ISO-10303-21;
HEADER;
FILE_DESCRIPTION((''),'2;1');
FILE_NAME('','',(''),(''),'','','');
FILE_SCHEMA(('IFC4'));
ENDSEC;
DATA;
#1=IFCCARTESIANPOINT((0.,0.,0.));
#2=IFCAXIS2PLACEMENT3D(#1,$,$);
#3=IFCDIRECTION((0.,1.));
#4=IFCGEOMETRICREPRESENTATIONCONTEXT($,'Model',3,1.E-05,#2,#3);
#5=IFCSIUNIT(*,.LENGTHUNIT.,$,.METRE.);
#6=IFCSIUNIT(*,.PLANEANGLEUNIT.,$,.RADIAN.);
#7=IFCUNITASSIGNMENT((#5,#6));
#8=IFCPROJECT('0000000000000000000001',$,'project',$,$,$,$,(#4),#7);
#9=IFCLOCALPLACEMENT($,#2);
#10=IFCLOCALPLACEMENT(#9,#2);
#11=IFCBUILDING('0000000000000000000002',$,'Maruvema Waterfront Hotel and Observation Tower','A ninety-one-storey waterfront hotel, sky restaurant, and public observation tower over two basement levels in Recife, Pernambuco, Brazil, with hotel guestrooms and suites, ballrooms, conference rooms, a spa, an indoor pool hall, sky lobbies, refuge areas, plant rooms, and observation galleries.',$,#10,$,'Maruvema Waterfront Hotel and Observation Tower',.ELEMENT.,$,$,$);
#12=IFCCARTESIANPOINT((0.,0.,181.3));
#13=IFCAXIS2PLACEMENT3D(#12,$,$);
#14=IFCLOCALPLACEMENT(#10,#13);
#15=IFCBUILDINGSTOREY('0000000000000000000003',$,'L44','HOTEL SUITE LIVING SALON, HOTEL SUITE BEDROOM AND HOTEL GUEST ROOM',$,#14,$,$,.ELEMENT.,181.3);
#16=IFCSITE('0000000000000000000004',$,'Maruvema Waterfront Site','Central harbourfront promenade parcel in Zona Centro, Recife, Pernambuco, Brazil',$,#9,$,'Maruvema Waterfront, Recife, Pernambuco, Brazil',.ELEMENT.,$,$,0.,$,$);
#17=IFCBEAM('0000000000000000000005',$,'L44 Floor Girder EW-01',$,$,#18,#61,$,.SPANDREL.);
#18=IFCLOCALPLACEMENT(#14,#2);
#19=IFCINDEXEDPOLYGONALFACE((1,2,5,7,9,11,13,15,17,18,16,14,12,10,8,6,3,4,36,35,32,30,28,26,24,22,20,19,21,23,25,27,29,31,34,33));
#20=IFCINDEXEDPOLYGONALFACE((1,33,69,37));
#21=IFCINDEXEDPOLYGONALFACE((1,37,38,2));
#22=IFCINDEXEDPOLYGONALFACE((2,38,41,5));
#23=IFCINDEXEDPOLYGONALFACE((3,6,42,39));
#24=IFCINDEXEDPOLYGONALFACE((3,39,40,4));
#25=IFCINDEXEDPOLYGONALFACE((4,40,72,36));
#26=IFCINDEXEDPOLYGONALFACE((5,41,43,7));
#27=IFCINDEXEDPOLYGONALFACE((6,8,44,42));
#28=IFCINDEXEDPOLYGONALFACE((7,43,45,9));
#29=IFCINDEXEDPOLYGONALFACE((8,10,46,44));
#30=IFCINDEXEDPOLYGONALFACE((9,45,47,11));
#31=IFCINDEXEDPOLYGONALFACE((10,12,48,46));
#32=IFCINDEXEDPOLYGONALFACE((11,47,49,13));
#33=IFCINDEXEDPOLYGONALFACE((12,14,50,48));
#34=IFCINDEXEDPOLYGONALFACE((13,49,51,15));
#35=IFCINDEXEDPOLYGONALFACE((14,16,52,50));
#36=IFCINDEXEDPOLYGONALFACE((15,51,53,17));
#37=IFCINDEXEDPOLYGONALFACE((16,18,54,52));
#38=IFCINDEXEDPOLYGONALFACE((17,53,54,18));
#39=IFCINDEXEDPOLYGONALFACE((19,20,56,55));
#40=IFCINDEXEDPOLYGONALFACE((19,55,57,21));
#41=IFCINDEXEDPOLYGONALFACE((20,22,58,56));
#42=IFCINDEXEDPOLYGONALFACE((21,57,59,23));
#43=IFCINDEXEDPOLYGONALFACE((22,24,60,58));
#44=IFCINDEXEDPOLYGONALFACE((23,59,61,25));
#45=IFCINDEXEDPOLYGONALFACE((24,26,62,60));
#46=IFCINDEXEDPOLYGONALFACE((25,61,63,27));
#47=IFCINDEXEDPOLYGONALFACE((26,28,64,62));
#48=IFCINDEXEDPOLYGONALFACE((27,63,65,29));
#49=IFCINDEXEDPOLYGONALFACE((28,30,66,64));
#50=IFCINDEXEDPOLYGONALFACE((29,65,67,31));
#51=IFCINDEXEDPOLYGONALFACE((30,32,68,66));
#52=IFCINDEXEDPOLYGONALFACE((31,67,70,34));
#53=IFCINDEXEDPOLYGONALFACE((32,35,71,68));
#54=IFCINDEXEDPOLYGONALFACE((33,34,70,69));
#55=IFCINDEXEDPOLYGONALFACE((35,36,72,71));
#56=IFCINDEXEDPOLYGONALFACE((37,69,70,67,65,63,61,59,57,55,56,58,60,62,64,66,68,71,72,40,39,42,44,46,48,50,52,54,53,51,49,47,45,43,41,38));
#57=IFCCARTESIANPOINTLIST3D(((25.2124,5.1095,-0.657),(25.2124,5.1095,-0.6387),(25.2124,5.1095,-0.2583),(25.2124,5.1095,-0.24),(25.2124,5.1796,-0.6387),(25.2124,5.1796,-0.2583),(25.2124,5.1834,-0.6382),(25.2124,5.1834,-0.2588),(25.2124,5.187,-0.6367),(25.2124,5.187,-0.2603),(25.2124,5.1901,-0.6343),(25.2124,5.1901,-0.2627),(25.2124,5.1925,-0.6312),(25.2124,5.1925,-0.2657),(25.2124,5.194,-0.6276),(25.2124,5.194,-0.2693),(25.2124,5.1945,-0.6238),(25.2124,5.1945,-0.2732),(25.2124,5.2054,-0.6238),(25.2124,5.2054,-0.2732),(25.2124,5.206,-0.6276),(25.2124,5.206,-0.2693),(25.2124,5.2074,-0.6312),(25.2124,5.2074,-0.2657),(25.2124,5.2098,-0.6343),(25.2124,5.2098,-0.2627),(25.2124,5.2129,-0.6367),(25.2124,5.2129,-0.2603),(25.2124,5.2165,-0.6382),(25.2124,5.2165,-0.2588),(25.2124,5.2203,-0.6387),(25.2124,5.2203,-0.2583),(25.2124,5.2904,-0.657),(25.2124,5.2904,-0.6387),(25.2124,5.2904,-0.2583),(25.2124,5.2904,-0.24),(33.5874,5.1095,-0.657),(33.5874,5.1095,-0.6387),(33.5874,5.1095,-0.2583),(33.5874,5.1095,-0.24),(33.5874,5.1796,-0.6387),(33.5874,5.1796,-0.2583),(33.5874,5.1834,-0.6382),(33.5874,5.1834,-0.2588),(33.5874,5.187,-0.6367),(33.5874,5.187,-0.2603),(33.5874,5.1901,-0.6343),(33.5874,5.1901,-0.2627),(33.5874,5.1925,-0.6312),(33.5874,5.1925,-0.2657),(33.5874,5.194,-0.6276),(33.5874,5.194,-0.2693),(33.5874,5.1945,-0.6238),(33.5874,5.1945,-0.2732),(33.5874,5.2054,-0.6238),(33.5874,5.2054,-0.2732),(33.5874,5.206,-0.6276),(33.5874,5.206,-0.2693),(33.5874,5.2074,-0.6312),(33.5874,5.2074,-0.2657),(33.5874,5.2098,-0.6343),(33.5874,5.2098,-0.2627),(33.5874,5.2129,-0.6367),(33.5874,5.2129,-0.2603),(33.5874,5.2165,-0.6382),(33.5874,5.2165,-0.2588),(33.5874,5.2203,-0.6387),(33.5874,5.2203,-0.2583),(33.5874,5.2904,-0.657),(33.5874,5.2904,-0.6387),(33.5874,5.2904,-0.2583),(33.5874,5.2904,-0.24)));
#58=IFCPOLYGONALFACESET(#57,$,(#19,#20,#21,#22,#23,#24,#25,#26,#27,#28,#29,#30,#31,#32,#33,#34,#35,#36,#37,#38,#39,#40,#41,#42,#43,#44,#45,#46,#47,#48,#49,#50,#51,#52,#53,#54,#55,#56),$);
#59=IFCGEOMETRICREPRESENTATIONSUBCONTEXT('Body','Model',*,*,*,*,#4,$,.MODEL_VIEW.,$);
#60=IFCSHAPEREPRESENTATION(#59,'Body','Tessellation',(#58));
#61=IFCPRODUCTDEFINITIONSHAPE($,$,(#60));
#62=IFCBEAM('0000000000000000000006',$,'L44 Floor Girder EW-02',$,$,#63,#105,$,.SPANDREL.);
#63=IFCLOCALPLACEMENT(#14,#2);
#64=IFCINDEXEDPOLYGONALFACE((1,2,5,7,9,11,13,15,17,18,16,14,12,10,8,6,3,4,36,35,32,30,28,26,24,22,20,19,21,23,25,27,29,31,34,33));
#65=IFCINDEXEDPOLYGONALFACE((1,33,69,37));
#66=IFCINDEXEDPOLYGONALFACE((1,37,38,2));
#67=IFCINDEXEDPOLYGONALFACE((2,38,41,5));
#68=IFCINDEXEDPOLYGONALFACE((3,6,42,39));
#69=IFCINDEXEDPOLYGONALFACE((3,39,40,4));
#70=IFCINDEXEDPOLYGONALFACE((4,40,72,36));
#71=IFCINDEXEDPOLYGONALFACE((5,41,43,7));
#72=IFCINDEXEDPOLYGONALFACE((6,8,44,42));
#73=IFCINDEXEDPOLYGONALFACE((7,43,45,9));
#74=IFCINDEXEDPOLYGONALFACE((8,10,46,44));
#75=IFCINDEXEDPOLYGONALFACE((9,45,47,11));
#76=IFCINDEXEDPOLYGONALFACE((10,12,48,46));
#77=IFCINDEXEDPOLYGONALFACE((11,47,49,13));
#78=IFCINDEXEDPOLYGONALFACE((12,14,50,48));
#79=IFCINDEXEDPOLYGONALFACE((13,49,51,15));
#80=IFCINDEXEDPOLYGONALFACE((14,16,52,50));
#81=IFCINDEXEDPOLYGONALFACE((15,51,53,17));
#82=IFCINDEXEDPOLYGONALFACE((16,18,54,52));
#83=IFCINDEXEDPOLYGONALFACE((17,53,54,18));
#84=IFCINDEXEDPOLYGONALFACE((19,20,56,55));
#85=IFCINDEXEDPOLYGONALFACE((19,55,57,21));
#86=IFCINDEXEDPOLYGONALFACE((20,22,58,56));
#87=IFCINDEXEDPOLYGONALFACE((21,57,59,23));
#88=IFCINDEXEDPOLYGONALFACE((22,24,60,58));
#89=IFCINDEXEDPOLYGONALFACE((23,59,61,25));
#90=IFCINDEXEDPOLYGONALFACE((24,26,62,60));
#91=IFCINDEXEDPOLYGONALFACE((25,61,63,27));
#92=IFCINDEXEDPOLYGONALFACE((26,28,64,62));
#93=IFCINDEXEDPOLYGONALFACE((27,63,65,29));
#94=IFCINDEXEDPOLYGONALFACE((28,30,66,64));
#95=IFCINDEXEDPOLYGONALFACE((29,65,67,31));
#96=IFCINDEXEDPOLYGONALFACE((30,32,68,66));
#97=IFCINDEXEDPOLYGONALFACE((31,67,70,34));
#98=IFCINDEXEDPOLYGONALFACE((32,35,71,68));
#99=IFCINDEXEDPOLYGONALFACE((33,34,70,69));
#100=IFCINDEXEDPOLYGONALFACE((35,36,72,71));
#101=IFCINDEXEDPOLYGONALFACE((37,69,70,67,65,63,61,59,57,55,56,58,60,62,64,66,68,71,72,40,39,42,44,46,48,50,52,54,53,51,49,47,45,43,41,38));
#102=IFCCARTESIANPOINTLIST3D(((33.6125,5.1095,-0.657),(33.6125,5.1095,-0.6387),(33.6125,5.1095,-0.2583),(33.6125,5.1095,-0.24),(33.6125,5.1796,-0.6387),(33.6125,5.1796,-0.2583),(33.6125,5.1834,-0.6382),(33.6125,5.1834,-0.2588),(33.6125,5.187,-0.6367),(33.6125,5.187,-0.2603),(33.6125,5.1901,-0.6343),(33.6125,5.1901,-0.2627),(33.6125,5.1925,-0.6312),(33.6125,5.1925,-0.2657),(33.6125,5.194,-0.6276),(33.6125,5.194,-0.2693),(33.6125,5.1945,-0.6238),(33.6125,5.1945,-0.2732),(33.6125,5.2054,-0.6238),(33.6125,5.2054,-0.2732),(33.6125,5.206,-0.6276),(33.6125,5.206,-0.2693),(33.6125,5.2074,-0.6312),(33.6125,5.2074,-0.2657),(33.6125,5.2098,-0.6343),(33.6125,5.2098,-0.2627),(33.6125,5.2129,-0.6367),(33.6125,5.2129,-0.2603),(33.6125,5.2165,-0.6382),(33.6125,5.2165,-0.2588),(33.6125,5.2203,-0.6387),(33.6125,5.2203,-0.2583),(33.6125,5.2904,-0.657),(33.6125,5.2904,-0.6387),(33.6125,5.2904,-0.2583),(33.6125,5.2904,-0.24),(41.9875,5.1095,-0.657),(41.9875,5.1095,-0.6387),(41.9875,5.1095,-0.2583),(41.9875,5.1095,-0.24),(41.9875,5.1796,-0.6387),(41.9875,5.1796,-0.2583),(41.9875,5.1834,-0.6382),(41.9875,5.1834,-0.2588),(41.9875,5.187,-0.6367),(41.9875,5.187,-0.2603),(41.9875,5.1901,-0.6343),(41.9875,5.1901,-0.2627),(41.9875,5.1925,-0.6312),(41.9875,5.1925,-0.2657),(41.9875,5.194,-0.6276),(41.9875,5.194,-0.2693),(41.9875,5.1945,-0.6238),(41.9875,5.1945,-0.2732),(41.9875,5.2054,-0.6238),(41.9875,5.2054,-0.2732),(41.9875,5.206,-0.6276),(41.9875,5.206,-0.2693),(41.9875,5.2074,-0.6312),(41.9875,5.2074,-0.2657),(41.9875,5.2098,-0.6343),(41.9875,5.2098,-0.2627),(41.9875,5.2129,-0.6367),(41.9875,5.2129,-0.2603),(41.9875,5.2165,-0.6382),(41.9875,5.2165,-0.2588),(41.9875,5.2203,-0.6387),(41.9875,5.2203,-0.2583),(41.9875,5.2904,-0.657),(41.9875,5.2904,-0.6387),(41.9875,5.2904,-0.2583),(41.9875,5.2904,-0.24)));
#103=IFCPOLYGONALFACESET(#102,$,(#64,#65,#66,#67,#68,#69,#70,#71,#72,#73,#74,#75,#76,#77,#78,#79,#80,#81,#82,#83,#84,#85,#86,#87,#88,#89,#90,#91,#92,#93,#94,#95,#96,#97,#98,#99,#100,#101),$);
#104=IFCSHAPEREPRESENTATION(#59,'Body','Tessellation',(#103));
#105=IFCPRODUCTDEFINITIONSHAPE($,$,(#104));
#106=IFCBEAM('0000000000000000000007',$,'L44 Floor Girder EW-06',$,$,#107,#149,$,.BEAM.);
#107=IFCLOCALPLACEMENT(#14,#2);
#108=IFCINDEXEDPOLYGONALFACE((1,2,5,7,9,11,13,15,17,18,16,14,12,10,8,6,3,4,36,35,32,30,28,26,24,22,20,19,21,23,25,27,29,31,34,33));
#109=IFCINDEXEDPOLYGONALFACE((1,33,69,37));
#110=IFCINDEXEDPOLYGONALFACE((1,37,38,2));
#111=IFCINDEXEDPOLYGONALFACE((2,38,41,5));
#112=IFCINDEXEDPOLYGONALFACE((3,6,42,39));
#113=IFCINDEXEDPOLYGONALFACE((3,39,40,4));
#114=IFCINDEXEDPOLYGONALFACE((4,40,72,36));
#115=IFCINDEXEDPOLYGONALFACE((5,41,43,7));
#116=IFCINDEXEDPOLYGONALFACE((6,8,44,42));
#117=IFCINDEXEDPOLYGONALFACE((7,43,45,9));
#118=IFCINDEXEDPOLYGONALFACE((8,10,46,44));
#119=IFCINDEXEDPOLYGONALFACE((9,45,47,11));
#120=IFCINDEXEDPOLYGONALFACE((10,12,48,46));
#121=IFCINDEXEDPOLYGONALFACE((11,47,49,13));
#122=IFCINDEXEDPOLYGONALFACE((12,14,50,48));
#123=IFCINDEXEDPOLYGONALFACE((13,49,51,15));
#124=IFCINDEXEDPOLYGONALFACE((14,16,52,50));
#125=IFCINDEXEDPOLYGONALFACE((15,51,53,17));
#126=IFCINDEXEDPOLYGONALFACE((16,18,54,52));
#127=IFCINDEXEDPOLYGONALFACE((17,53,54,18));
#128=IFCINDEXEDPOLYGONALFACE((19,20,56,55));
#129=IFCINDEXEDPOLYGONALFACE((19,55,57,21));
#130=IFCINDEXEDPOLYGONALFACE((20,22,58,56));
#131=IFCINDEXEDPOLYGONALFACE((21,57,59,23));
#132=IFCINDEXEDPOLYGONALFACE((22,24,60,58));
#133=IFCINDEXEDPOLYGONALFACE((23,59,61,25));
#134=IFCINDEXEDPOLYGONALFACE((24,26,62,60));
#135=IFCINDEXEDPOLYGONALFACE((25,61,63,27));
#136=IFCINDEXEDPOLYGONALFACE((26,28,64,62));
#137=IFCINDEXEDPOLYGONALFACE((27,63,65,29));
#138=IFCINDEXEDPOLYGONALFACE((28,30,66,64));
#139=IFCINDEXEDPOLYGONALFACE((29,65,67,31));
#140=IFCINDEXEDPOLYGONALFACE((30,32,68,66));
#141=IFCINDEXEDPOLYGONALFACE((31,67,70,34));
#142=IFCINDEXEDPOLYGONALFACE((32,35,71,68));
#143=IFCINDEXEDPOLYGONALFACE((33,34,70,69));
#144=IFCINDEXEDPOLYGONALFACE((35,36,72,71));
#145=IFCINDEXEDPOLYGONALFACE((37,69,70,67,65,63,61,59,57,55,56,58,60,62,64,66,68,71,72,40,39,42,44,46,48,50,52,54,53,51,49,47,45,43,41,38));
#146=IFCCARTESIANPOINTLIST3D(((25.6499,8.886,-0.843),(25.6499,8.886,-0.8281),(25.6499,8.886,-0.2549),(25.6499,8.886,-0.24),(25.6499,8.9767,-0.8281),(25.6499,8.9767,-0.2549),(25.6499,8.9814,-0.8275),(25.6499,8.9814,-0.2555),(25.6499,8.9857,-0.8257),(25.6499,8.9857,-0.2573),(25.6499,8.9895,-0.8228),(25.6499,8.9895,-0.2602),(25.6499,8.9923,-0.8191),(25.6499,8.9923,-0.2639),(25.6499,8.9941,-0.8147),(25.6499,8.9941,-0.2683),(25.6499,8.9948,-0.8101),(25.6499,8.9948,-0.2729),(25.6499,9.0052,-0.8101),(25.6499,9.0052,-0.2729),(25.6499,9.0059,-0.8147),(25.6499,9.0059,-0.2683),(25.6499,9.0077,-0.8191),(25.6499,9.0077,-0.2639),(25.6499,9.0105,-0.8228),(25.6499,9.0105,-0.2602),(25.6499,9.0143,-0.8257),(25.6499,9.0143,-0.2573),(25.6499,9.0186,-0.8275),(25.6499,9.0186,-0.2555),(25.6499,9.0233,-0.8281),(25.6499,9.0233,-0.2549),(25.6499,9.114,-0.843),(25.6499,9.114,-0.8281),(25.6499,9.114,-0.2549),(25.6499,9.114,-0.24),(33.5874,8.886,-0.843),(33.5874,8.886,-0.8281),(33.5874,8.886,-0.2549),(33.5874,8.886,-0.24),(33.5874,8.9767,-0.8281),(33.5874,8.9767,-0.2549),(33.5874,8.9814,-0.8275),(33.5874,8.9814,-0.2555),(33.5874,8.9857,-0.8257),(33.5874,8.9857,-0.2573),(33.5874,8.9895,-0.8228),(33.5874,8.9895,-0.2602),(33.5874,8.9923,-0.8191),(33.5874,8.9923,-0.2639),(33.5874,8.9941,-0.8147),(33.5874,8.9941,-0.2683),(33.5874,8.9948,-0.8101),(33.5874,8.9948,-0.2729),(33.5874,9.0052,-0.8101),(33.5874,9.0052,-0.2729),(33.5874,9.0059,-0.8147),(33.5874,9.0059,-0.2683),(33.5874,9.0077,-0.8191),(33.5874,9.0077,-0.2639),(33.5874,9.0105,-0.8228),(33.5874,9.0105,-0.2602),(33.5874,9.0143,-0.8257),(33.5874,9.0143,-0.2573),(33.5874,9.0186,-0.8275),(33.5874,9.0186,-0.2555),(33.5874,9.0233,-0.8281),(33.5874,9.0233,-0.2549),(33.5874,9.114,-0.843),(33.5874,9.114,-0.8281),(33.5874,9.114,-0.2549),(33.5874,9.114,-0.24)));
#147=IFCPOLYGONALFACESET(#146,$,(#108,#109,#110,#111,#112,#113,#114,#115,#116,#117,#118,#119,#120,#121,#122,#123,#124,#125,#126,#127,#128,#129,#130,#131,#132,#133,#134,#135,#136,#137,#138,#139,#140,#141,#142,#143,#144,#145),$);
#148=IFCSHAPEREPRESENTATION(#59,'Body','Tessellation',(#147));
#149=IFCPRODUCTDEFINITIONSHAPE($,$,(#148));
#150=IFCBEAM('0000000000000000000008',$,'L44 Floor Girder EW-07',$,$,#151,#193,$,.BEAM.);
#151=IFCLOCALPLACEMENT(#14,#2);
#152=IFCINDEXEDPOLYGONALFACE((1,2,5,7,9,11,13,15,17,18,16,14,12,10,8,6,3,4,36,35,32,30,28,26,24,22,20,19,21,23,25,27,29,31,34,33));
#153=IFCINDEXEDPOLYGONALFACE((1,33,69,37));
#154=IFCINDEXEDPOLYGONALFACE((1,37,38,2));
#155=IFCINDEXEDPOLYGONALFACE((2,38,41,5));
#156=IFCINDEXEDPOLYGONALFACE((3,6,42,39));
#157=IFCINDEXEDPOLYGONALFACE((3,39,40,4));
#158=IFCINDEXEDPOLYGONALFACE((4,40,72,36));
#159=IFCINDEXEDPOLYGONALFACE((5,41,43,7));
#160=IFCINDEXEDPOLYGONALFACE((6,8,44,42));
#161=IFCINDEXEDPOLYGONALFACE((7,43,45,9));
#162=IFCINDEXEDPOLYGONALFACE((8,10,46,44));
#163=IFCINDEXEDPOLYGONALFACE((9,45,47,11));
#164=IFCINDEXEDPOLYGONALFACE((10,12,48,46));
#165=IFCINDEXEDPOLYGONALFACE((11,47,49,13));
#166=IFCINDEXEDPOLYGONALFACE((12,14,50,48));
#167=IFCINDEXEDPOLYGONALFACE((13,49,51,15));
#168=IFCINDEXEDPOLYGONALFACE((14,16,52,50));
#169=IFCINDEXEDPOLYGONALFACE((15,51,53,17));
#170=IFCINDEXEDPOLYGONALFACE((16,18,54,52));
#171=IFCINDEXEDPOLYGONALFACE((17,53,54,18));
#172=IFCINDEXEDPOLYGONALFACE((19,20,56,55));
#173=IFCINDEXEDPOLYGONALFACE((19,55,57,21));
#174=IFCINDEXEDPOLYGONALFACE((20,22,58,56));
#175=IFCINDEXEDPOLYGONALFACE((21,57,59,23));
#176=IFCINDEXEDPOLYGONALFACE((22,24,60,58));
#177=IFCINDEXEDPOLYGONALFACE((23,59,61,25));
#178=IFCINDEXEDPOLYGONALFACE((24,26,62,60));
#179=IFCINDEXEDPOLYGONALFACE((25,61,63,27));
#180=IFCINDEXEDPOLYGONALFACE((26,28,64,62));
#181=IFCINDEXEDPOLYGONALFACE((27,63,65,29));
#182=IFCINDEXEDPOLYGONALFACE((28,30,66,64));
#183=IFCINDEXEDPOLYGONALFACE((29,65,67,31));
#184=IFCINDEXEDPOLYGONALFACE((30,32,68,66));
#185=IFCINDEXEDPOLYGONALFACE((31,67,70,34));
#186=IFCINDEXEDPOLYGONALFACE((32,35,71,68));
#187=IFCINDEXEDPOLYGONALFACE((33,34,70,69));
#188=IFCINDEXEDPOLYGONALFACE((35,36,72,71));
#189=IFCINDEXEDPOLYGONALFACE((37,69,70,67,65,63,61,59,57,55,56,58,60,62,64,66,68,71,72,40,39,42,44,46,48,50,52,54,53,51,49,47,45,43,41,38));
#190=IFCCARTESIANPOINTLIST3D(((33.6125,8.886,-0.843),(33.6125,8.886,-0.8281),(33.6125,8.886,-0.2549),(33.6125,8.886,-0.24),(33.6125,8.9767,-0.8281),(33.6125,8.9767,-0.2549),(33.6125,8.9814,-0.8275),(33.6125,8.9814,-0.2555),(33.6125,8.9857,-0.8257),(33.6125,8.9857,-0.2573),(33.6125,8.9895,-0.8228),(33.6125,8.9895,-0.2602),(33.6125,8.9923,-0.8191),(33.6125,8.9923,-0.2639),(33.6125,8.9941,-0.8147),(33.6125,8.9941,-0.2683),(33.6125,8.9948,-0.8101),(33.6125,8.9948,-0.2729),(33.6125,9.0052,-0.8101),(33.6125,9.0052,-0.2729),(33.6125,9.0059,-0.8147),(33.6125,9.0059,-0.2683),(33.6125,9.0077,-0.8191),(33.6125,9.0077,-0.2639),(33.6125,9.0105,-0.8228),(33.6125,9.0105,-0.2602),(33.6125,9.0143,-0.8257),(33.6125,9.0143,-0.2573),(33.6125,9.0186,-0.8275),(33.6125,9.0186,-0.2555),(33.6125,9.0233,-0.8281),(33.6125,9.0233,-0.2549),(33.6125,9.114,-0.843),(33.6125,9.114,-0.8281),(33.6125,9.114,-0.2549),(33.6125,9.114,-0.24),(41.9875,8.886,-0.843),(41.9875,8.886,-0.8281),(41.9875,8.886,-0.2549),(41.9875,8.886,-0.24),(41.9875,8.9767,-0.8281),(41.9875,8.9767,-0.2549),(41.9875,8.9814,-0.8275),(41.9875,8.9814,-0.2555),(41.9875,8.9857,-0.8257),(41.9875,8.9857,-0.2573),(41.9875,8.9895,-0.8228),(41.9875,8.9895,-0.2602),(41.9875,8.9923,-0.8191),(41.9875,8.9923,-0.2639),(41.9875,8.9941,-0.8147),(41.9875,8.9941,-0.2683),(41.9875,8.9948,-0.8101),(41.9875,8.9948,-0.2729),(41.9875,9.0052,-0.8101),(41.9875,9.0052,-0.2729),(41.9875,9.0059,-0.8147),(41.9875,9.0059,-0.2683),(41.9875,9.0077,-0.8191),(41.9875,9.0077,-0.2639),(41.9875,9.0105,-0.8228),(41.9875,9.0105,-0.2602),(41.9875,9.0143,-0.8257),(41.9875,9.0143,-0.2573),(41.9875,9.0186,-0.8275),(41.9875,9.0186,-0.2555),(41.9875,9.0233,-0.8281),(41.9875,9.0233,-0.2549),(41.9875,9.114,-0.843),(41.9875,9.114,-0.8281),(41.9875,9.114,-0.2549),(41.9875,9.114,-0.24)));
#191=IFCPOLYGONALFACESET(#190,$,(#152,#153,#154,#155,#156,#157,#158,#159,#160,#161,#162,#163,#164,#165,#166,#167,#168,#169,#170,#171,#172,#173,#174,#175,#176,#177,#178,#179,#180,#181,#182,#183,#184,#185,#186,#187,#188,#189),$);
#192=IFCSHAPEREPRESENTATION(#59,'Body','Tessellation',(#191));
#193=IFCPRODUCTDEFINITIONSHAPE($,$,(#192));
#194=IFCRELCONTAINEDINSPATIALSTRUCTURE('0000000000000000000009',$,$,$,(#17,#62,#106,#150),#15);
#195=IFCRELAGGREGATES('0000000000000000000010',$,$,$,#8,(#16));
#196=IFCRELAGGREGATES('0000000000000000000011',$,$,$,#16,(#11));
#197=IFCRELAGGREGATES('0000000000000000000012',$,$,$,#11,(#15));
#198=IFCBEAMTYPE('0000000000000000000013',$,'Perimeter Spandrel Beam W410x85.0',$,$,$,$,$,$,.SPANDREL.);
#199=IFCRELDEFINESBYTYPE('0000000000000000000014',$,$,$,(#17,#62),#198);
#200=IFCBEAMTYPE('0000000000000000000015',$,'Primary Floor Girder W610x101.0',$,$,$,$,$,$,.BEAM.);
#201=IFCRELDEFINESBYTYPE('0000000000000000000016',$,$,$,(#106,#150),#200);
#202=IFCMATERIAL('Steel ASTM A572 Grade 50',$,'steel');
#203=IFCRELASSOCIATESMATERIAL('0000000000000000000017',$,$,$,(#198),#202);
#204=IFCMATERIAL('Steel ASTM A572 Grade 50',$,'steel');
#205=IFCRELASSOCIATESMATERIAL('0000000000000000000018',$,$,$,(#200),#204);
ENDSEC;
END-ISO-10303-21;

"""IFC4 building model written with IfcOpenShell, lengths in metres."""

from ifc_helpers import new_model, si_unit, direction, frame, origin, origin_2d, place, context, subcontext, project, spatial, i_section, extrude, material, material_profile, profile_set, type_object, element, save


model = new_model("IFC4")

# Units and contexts
model_context = context("Model", 3, precision=1e-05, world=origin(), true_north=direction((0.0, 1.0)))
body_context = subcontext(model_context, "Body", "Model", "MODEL_VIEW")
ifc_project = project(units=[si_unit("LENGTHUNIT", "METRE"), si_unit("PLANEANGLEUNIT", "RADIAN")], contexts=[model_context])

# Site, building, storey
site_placement = place(None, origin())
site = spatial("IfcSite", under=ifc_project, at=site_placement, Name="Maruvema Waterfront Site", Description="Central harbourfront promenade parcel in Zona Centro, Recife, Pernambuco, Brazil", LongName="Maruvema Waterfront, Recife, Pernambuco, Brazil", CompositionType="ELEMENT", RefElevation=0.0)
building_placement = place(site_placement, origin())
building = spatial("IfcBuilding", under=site, at=building_placement, Name="Maruvema Waterfront Hotel and Observation Tower", Description="A ninety-one-storey waterfront hotel, sky restaurant, and public observation tower over two basement levels in Recife, Pernambuco, Brazil, with hotel guestrooms and suites, ballrooms, conference rooms, a spa, an indoor pool hall, sky lobbies, refuge areas, plant rooms, and observation galleries.", LongName="Maruvema Waterfront Hotel and Observation Tower", CompositionType="ELEMENT")
storey_placement = place(building_placement, frame((0.0, 0.0, 181.3)))
storey = spatial("IfcBuildingStorey", under=building, at=storey_placement, Name="L44", Description="HOTEL SUITE LIVING SALON, HOTEL SUITE BEDROOM AND HOTEL GUEST ROOM", CompositionType="ELEMENT", Elevation=181.3)

# Beams
ifc_material_1 = material(Name="Steel ASTM A572 Grade 50", Category="steel")
ifc_material_profile_1 = material_profile(ifc_material_1, i_section(OverallWidth=0.1809, OverallDepth=0.417, WebThickness=0.011, FlangeThickness=0.0183, FilletRadius=0.0149, at=origin_2d()), Name="W410x85.0")
ifc_profile_set_1 = profile_set([ifc_material_profile_1], Name="Steel ASTM A572 Grade 50")
beam_type_1 = type_object("IfcBeamType", Name="Perimeter Spandrel Beam W410x85.0", PredefinedType="SPANDREL", material=ifc_profile_set_1)
for number, where, z_axis, x_axis, name in (
    (1, (25.2124, 5.2, -0.4485), (1.0, 0.0, 0.0), (0.0, 1.0, 0.0), "L44 Floor Girder EW-01"),
    (2, (33.6125, 5.2, -0.4485), (1.0, 0.0, 0.0), (0.0, 1.0, 0.0), "L44 Floor Girder EW-02"),
):
    element("IfcBeam", number, at=place(storey_placement, frame(where, z_axis=z_axis, x_axis=x_axis)), inside=storey, type_object=beam_type_1, Name=name, PredefinedType="SPANDREL", context=body_context, shape_type="SweptSolid", body=[
        extrude(i_section(OverallWidth=0.1809, OverallDepth=0.417, WebThickness=0.011, FlangeThickness=0.0183, FilletRadius=0.0149, at=origin_2d()), origin(), (0.0, 0.0, 1.0), 8.375),
    ])
ifc_material_2 = material(Name="Steel ASTM A572 Grade 50", Category="steel")
ifc_material_profile_2 = material_profile(ifc_material_2, i_section(OverallWidth=0.228, OverallDepth=0.603, WebThickness=0.0105, FlangeThickness=0.0149, FilletRadius=0.0181, at=origin_2d()), Name="W610x101.0")
ifc_profile_set_2 = profile_set([ifc_material_profile_2], Name="Steel ASTM A572 Grade 50")
beam_type_2 = type_object("IfcBeamType", Name="Primary Floor Girder W610x101.0", PredefinedType="BEAM", material=ifc_profile_set_2)
beam_1_placement = place(storey_placement, frame((25.6499, 9.0, -0.5415), z_axis=(1.0, 0.0, 0.0), x_axis=(0.0, 1.0, 0.0)))
element("IfcBeam", 3, at=beam_1_placement, inside=storey, type_object=beam_type_2, Name="L44 Floor Girder EW-06", PredefinedType="BEAM", context=body_context, shape_type="SweptSolid", body=[
    extrude(i_section(OverallWidth=0.228, OverallDepth=0.603, WebThickness=0.0105, FlangeThickness=0.0149, FilletRadius=0.0181, at=origin_2d()), origin(), (0.0, 0.0, 1.0), 7.9375),
])
beam_2_placement = place(storey_placement, frame((33.6125, 9.0, -0.5415), z_axis=(1.0, 0.0, 0.0), x_axis=(0.0, 1.0, 0.0)))
element("IfcBeam", 4, at=beam_2_placement, inside=storey, type_object=beam_type_2, Name="L44 Floor Girder EW-07", PredefinedType="BEAM", context=body_context, shape_type="SweptSolid", body=[
    extrude(i_section(OverallWidth=0.228, OverallDepth=0.603, WebThickness=0.0105, FlangeThickness=0.0149, FilletRadius=0.0181, at=origin_2d()), origin(), (0.0, 0.0, 1.0), 8.375),
])

save(model, "model.ifc")
